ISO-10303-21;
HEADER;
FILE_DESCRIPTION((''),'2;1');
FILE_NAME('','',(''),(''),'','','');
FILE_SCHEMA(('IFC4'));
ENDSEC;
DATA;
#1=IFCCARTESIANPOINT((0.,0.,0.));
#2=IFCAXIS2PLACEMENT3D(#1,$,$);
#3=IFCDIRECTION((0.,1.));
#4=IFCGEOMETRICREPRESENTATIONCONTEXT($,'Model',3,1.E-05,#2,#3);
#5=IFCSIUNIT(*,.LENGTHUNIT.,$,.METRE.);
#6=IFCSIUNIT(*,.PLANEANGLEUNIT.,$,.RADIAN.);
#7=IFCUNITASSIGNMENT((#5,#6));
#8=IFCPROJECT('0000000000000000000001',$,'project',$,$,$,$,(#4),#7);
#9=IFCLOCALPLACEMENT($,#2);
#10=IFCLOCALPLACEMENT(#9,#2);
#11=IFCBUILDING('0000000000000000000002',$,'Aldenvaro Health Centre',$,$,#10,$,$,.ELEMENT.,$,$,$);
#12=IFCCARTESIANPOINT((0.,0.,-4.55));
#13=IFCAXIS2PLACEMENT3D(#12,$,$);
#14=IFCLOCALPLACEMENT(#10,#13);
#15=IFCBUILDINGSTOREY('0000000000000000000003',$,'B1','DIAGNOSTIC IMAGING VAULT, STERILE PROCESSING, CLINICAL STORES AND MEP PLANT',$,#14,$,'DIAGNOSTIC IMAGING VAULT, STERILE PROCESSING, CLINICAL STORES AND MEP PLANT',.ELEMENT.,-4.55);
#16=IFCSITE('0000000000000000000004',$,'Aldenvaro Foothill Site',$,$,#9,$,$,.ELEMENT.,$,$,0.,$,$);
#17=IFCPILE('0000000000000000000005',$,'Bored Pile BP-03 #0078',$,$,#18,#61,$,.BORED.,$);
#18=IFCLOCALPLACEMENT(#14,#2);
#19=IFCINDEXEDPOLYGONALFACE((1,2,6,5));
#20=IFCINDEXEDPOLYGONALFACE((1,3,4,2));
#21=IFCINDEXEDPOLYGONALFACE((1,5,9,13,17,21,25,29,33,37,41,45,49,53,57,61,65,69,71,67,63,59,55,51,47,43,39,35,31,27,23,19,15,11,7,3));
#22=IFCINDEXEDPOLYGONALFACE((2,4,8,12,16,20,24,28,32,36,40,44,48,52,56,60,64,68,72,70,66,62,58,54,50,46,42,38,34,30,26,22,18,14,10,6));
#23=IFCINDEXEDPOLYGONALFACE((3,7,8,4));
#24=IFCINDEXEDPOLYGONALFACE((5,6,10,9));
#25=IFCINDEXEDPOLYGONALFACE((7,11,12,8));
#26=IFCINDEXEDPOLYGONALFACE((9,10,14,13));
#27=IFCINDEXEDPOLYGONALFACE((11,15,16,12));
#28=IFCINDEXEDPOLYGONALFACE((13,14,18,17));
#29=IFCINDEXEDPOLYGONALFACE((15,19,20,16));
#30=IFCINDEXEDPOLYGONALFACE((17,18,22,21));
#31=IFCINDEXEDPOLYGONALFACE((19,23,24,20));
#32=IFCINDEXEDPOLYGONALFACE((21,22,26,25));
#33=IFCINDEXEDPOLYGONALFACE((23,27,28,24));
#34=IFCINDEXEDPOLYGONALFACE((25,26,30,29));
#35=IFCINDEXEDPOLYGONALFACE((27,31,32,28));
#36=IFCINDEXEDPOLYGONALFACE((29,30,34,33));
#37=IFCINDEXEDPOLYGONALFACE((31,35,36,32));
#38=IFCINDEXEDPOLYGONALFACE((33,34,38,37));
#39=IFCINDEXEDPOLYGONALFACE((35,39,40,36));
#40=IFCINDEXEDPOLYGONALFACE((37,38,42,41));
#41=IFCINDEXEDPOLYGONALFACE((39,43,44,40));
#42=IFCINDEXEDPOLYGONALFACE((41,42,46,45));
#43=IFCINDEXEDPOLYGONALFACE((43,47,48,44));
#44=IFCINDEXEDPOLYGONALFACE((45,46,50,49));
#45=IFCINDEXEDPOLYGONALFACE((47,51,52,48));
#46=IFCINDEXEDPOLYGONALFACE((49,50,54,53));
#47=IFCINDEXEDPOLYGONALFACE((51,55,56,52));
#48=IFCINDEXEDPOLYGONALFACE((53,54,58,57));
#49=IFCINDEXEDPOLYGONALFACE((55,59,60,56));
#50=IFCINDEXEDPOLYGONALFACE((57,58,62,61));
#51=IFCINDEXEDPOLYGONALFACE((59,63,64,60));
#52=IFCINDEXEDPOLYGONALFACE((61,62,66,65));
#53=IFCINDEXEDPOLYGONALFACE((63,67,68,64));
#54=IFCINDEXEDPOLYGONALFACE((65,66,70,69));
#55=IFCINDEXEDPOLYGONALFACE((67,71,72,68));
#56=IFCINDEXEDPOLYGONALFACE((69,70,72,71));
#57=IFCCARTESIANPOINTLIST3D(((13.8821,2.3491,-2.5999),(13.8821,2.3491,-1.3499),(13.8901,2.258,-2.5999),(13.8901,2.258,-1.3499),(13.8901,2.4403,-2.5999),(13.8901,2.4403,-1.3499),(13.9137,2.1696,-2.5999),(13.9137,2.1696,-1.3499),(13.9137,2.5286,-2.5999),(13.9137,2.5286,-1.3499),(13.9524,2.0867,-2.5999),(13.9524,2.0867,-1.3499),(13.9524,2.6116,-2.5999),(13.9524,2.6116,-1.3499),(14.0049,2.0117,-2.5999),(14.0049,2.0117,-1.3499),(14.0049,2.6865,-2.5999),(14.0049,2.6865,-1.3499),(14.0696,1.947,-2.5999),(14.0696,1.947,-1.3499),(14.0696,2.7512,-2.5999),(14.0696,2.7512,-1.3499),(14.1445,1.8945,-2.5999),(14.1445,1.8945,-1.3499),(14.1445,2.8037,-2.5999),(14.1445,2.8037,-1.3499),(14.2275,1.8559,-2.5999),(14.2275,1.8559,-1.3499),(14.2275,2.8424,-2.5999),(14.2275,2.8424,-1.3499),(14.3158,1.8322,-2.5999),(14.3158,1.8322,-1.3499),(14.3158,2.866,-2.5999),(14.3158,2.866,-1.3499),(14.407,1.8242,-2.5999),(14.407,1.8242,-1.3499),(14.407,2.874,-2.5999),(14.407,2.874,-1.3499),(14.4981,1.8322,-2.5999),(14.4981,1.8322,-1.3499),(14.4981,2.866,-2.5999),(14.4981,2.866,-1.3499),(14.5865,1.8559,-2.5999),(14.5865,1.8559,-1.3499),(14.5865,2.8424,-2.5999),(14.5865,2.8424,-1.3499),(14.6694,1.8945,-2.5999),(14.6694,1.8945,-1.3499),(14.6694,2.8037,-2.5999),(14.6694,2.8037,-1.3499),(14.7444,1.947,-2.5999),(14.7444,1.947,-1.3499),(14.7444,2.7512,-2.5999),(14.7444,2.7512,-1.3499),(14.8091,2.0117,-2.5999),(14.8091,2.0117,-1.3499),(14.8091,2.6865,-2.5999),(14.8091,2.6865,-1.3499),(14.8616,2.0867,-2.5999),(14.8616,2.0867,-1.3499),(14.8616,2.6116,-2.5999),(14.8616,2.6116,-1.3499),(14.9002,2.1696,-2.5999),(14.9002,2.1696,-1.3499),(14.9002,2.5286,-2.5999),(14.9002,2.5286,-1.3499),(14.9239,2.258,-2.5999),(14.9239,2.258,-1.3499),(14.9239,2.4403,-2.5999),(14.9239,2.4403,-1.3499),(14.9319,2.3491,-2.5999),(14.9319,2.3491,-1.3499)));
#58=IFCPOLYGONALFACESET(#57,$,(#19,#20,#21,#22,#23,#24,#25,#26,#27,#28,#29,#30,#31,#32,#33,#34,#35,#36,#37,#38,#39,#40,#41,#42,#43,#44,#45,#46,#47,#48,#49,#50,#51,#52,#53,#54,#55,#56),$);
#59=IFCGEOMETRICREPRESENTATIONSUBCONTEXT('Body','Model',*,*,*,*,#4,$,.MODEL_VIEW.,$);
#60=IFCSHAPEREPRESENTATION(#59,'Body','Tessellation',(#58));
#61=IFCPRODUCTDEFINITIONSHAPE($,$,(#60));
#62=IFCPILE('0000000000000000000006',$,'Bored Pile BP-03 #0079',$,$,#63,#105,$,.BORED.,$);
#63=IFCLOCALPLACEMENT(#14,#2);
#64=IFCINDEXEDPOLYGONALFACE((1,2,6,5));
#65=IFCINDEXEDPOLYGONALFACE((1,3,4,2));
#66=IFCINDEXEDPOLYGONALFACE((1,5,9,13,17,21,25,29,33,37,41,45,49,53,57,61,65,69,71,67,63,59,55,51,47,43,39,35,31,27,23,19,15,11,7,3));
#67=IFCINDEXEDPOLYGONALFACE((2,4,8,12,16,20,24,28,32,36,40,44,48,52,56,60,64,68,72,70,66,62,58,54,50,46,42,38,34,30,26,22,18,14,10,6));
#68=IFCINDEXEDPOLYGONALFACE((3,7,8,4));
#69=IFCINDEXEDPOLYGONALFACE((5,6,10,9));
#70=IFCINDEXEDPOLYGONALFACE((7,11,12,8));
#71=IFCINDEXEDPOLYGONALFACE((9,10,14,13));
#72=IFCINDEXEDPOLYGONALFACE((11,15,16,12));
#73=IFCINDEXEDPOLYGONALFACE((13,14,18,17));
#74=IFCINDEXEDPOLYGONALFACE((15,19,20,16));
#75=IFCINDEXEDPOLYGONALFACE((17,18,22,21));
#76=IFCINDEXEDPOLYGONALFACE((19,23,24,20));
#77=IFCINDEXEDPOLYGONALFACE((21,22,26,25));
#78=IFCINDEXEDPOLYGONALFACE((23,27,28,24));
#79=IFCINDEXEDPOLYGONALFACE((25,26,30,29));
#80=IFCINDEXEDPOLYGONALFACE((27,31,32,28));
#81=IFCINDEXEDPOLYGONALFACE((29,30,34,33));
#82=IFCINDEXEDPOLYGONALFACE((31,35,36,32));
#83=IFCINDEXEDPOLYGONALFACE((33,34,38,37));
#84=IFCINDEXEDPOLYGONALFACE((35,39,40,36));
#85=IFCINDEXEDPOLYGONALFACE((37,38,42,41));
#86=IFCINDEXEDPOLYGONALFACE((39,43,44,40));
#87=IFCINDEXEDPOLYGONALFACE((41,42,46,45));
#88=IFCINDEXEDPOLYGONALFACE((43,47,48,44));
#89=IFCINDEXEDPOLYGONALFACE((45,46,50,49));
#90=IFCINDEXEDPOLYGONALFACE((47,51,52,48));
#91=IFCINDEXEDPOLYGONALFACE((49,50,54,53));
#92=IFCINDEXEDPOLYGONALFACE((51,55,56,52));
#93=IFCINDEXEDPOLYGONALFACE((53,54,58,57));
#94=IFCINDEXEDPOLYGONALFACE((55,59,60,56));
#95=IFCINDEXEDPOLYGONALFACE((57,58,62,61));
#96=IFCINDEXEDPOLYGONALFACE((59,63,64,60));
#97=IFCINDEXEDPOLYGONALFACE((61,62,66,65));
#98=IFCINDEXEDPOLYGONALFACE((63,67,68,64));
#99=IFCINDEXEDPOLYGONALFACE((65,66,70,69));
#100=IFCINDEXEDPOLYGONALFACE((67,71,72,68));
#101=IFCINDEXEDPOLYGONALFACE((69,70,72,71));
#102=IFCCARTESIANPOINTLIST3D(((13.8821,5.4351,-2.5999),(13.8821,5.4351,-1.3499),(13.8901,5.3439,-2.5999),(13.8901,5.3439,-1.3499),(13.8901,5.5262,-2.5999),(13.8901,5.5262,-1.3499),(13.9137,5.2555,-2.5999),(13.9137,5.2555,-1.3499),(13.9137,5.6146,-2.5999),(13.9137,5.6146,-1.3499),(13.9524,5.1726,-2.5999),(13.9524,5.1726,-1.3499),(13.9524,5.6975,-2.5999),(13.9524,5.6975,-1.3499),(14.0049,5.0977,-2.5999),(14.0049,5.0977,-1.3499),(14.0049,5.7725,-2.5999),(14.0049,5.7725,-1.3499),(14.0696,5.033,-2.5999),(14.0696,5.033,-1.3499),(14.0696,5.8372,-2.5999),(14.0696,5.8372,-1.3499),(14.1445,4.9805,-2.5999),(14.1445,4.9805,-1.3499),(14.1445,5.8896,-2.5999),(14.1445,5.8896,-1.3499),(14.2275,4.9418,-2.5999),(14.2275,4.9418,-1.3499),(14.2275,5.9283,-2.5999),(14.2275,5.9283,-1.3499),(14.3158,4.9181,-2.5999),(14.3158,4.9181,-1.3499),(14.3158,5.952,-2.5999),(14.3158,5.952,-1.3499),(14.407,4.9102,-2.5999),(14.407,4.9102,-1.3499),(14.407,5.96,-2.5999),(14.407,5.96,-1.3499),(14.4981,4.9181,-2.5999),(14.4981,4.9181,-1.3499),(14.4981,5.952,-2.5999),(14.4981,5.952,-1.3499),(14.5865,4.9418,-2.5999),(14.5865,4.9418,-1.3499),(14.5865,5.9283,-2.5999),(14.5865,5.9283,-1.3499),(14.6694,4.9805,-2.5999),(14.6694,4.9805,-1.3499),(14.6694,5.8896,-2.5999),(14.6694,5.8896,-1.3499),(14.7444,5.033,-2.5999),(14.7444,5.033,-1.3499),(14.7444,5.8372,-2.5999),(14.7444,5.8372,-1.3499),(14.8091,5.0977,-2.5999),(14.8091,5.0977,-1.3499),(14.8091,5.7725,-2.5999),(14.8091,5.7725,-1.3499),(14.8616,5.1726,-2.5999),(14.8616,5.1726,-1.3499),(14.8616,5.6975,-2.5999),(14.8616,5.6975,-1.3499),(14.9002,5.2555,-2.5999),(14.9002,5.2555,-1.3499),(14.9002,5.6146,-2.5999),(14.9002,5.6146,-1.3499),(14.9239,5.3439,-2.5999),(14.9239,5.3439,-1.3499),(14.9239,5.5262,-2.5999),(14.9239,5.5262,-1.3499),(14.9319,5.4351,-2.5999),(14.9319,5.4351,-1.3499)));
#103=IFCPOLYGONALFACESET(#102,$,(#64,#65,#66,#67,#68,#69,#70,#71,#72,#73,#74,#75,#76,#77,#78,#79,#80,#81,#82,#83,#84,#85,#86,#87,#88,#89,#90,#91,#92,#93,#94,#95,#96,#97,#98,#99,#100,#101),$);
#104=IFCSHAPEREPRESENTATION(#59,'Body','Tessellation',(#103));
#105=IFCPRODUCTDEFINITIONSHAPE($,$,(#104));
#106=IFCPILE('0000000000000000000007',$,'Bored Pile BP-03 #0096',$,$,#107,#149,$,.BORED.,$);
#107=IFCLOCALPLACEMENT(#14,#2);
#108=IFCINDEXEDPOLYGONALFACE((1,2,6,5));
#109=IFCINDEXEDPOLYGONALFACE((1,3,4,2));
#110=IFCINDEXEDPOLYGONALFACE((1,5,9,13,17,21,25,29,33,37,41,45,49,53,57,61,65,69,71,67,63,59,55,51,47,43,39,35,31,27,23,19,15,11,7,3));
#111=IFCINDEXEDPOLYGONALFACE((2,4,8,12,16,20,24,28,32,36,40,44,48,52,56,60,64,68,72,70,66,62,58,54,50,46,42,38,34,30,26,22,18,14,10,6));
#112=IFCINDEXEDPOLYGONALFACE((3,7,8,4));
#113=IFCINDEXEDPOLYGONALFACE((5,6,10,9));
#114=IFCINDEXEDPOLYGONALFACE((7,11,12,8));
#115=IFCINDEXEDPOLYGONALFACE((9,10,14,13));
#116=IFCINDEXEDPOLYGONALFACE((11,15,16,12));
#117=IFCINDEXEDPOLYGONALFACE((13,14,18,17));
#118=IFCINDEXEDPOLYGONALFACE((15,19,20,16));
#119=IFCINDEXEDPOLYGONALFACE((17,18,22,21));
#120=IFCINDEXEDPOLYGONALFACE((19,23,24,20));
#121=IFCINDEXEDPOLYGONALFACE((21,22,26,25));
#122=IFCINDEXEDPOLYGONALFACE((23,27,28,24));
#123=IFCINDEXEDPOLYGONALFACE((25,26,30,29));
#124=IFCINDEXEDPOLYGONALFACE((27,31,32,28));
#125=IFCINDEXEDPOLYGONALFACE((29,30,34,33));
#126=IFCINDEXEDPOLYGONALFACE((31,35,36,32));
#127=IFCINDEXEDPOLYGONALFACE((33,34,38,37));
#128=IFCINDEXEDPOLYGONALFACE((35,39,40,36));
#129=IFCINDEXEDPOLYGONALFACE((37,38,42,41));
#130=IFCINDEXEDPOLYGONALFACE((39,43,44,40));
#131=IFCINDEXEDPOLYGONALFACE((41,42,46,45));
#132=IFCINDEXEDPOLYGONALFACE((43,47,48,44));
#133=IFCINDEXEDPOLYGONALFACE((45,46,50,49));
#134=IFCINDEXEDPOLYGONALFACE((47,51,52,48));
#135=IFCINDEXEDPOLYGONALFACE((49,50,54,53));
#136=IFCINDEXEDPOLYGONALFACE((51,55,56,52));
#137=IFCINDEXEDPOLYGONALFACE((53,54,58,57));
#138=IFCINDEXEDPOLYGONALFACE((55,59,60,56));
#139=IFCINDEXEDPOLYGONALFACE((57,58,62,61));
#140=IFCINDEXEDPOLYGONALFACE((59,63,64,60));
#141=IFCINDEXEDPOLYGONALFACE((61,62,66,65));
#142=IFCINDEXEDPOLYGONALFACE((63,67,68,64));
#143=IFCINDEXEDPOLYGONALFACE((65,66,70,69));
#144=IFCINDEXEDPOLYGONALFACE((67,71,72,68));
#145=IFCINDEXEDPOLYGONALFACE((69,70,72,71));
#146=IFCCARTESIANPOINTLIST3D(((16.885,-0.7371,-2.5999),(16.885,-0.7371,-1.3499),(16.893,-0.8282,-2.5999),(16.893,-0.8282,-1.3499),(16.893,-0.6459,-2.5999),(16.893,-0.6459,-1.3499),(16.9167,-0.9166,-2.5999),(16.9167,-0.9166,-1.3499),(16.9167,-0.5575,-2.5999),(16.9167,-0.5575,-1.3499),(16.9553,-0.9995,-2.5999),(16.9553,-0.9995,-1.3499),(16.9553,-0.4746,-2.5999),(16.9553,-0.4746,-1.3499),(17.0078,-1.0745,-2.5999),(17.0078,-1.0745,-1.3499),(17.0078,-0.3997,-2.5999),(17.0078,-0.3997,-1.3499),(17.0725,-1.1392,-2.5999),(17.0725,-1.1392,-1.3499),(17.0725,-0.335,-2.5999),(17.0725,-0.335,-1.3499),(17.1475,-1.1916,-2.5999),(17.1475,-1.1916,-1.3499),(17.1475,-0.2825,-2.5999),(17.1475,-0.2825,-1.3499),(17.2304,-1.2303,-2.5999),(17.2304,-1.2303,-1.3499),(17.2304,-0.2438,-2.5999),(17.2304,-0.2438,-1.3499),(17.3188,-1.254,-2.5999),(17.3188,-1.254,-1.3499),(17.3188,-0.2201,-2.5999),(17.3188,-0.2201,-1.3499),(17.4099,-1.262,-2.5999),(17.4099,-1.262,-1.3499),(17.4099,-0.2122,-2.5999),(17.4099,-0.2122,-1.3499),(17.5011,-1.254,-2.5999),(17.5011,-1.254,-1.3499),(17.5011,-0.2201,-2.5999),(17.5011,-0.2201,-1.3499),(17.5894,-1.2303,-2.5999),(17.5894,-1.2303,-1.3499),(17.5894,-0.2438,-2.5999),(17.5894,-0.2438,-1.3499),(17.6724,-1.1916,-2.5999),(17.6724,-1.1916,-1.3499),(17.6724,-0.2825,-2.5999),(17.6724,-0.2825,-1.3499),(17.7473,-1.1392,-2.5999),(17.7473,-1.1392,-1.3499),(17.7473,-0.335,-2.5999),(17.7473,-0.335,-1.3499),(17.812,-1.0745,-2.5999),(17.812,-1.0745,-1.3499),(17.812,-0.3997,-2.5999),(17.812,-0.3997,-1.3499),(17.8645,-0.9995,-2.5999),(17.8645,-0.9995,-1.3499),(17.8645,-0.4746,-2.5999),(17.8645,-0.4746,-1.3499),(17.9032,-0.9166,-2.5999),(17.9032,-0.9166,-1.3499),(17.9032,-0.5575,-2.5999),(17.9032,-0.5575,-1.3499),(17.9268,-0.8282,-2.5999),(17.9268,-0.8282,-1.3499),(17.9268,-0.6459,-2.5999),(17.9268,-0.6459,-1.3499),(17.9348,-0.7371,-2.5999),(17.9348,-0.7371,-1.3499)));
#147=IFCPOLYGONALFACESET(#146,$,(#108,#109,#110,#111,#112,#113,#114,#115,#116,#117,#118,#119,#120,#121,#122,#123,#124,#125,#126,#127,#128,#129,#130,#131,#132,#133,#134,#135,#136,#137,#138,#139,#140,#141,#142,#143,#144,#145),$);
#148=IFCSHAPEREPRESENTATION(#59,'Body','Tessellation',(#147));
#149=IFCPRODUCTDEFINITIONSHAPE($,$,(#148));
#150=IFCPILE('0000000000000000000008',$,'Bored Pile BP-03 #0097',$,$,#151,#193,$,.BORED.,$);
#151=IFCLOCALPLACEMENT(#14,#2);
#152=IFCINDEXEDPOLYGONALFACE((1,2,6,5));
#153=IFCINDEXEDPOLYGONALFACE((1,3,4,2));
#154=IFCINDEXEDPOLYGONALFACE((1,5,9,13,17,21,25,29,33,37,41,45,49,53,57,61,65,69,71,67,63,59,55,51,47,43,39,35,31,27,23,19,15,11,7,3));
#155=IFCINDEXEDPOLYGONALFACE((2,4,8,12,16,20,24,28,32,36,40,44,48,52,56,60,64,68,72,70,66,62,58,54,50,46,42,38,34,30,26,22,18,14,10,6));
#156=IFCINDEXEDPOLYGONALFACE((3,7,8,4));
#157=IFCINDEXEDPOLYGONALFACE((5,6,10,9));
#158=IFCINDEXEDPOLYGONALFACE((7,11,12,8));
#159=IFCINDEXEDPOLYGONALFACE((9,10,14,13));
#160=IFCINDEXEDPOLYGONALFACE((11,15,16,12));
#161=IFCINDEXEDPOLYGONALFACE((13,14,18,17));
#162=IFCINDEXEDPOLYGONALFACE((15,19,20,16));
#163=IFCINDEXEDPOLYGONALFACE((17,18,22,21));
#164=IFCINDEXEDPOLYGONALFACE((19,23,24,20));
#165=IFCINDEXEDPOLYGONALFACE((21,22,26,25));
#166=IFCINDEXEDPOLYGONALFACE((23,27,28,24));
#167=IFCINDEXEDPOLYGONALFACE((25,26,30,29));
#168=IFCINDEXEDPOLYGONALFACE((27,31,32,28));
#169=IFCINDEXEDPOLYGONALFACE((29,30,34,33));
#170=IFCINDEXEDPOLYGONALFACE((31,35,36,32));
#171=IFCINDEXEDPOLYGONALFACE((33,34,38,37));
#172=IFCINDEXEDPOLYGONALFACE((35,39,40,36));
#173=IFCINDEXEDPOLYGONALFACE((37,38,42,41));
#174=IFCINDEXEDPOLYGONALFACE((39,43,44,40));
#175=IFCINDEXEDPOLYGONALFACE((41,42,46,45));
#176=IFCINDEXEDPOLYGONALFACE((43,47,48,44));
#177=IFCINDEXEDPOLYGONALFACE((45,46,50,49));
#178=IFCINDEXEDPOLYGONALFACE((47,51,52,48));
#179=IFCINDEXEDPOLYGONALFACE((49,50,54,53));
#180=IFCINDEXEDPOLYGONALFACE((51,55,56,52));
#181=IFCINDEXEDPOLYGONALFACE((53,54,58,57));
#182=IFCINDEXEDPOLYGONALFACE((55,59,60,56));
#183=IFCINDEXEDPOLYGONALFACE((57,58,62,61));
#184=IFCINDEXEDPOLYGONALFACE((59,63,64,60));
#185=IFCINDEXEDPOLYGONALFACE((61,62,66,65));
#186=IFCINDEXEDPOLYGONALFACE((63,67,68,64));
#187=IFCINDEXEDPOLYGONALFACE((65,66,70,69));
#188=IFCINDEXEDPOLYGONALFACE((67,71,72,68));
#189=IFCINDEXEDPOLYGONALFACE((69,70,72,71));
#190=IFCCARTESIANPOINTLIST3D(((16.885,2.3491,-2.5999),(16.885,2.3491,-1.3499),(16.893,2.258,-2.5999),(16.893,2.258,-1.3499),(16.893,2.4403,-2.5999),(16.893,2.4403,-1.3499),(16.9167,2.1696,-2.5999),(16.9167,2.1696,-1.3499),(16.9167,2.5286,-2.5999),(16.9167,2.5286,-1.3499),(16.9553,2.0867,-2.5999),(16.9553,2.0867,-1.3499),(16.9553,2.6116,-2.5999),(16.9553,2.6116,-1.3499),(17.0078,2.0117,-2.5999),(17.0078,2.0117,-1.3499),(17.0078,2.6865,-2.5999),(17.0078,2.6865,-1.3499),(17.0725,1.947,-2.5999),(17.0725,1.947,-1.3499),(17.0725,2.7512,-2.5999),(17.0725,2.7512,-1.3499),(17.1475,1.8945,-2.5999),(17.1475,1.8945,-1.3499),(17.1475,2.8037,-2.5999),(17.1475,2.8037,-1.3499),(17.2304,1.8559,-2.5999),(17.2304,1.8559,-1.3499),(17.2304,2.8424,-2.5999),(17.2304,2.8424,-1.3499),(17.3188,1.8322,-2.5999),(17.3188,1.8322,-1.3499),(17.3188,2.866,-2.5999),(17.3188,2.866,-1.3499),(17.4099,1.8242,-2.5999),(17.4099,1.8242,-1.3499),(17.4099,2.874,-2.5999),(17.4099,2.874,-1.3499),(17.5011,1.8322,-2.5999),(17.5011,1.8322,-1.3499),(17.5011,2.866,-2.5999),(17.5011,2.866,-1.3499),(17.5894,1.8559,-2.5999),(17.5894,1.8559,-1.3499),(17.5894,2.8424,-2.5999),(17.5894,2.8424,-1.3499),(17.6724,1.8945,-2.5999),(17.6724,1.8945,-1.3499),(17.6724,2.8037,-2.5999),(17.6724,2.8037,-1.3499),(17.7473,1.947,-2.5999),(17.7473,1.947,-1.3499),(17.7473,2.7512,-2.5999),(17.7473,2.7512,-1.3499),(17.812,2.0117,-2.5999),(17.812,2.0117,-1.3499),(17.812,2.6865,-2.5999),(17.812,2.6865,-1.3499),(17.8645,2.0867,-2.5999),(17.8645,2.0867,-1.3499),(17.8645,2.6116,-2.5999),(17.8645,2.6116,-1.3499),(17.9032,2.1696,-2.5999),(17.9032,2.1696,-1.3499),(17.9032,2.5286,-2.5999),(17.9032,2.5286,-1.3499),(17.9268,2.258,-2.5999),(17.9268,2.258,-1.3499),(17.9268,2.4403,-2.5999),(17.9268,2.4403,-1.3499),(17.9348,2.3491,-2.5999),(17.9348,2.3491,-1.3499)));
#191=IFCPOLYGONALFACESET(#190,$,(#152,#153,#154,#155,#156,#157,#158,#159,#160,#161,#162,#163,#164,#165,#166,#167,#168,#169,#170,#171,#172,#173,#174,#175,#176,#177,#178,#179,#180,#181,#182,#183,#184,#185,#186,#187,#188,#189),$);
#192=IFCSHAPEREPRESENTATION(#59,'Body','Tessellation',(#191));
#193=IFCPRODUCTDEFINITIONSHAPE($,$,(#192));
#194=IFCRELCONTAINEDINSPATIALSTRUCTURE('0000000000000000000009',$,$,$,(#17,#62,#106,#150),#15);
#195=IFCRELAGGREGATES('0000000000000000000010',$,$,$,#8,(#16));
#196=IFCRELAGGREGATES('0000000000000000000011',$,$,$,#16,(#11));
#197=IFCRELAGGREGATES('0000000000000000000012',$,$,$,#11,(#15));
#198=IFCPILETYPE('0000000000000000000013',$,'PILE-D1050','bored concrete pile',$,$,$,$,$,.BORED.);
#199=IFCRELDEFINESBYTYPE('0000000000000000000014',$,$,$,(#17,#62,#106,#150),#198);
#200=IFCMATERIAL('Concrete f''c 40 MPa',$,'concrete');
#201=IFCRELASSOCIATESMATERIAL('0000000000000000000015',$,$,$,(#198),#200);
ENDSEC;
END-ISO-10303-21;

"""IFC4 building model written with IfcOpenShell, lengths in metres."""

from ifc_helpers import new_model, si_unit, direction, frame, origin, origin_2d, place, context, subcontext, project, spatial, circle, extrude, material, material_profile, profile_set, type_object, element, save


model = new_model("IFC4")

# Units and contexts
model_context = context("Model", 3, precision=1e-05, world=origin(), true_north=direction((0.0, 1.0)))
body_context = subcontext(model_context, "Body", "Model", "MODEL_VIEW")
ifc_project = project(units=[si_unit("LENGTHUNIT", "METRE"), si_unit("PLANEANGLEUNIT", "RADIAN")], contexts=[model_context])

# Site, building, storey
site_placement = place(None, origin())
site = spatial("IfcSite", under=ifc_project, at=site_placement, Name="Aldenvaro Foothill Site", CompositionType="ELEMENT", RefElevation=0.0)
building_placement = place(site_placement, origin())
building = spatial("IfcBuilding", under=site, at=building_placement, Name="Aldenvaro Health Centre", CompositionType="ELEMENT")
storey_placement = place(building_placement, frame((0.0, 0.0, -4.55)))
storey = spatial("IfcBuildingStorey", under=building, at=storey_placement, Name="B1", Description="DIAGNOSTIC IMAGING VAULT, STERILE PROCESSING, CLINICAL STORES AND MEP PLANT", LongName="DIAGNOSTIC IMAGING VAULT, STERILE PROCESSING, CLINICAL STORES AND MEP PLANT", CompositionType="ELEMENT", Elevation=-4.55)

# Piles
ifc_material_1 = material(Name="Concrete f'c 40 MPa", Category="concrete")
ifc_material_profile_1 = material_profile(ifc_material_1, circle(Radius=0.5249, at=origin_2d()), Name="PILE D1050", Category="concrete")
ifc_profile_set_1 = profile_set([ifc_material_profile_1], Name="Concrete f'c 40 MPa")
pile_type = type_object("IfcPileType", Name="PILE-D1050", Description="bored concrete pile", PredefinedType="BORED", material=ifc_profile_set_1)
for number, where, z_axis, x_axis, name in (
    (1, (14.407, 2.3491, -1.3499), (0.0, 0.0, -1.0), (1.0, 0.0, 0.0), "Bored Pile BP-03 #0078"),
    (2, (14.407, 5.4351, -1.3499), (0.0, 0.0, -1.0), (1.0, 0.0, 0.0), "Bored Pile BP-03 #0079"),
    (3, (17.4099, -0.7371, -1.3499), (0.0, 0.0, -1.0), (1.0, 0.0, 0.0), "Bored Pile BP-03 #0096"),
    (4, (17.4099, 2.3491, -1.3499), (0.0, 0.0, -1.0), (1.0, 0.0, 0.0), "Bored Pile BP-03 #0097"),
):
    element("IfcPile", number, at=place(storey_placement, frame(where, z_axis=z_axis, x_axis=x_axis)), inside=storey, type_object=pile_type, Name=name, PredefinedType="BORED", context=body_context, shape_type="SweptSolid", body=[
        extrude(circle(Radius=0.5249, at=origin_2d()), origin(), (0.0, 0.0, 1.0), 1.25),
    ])

save(model, "model.ifc")
